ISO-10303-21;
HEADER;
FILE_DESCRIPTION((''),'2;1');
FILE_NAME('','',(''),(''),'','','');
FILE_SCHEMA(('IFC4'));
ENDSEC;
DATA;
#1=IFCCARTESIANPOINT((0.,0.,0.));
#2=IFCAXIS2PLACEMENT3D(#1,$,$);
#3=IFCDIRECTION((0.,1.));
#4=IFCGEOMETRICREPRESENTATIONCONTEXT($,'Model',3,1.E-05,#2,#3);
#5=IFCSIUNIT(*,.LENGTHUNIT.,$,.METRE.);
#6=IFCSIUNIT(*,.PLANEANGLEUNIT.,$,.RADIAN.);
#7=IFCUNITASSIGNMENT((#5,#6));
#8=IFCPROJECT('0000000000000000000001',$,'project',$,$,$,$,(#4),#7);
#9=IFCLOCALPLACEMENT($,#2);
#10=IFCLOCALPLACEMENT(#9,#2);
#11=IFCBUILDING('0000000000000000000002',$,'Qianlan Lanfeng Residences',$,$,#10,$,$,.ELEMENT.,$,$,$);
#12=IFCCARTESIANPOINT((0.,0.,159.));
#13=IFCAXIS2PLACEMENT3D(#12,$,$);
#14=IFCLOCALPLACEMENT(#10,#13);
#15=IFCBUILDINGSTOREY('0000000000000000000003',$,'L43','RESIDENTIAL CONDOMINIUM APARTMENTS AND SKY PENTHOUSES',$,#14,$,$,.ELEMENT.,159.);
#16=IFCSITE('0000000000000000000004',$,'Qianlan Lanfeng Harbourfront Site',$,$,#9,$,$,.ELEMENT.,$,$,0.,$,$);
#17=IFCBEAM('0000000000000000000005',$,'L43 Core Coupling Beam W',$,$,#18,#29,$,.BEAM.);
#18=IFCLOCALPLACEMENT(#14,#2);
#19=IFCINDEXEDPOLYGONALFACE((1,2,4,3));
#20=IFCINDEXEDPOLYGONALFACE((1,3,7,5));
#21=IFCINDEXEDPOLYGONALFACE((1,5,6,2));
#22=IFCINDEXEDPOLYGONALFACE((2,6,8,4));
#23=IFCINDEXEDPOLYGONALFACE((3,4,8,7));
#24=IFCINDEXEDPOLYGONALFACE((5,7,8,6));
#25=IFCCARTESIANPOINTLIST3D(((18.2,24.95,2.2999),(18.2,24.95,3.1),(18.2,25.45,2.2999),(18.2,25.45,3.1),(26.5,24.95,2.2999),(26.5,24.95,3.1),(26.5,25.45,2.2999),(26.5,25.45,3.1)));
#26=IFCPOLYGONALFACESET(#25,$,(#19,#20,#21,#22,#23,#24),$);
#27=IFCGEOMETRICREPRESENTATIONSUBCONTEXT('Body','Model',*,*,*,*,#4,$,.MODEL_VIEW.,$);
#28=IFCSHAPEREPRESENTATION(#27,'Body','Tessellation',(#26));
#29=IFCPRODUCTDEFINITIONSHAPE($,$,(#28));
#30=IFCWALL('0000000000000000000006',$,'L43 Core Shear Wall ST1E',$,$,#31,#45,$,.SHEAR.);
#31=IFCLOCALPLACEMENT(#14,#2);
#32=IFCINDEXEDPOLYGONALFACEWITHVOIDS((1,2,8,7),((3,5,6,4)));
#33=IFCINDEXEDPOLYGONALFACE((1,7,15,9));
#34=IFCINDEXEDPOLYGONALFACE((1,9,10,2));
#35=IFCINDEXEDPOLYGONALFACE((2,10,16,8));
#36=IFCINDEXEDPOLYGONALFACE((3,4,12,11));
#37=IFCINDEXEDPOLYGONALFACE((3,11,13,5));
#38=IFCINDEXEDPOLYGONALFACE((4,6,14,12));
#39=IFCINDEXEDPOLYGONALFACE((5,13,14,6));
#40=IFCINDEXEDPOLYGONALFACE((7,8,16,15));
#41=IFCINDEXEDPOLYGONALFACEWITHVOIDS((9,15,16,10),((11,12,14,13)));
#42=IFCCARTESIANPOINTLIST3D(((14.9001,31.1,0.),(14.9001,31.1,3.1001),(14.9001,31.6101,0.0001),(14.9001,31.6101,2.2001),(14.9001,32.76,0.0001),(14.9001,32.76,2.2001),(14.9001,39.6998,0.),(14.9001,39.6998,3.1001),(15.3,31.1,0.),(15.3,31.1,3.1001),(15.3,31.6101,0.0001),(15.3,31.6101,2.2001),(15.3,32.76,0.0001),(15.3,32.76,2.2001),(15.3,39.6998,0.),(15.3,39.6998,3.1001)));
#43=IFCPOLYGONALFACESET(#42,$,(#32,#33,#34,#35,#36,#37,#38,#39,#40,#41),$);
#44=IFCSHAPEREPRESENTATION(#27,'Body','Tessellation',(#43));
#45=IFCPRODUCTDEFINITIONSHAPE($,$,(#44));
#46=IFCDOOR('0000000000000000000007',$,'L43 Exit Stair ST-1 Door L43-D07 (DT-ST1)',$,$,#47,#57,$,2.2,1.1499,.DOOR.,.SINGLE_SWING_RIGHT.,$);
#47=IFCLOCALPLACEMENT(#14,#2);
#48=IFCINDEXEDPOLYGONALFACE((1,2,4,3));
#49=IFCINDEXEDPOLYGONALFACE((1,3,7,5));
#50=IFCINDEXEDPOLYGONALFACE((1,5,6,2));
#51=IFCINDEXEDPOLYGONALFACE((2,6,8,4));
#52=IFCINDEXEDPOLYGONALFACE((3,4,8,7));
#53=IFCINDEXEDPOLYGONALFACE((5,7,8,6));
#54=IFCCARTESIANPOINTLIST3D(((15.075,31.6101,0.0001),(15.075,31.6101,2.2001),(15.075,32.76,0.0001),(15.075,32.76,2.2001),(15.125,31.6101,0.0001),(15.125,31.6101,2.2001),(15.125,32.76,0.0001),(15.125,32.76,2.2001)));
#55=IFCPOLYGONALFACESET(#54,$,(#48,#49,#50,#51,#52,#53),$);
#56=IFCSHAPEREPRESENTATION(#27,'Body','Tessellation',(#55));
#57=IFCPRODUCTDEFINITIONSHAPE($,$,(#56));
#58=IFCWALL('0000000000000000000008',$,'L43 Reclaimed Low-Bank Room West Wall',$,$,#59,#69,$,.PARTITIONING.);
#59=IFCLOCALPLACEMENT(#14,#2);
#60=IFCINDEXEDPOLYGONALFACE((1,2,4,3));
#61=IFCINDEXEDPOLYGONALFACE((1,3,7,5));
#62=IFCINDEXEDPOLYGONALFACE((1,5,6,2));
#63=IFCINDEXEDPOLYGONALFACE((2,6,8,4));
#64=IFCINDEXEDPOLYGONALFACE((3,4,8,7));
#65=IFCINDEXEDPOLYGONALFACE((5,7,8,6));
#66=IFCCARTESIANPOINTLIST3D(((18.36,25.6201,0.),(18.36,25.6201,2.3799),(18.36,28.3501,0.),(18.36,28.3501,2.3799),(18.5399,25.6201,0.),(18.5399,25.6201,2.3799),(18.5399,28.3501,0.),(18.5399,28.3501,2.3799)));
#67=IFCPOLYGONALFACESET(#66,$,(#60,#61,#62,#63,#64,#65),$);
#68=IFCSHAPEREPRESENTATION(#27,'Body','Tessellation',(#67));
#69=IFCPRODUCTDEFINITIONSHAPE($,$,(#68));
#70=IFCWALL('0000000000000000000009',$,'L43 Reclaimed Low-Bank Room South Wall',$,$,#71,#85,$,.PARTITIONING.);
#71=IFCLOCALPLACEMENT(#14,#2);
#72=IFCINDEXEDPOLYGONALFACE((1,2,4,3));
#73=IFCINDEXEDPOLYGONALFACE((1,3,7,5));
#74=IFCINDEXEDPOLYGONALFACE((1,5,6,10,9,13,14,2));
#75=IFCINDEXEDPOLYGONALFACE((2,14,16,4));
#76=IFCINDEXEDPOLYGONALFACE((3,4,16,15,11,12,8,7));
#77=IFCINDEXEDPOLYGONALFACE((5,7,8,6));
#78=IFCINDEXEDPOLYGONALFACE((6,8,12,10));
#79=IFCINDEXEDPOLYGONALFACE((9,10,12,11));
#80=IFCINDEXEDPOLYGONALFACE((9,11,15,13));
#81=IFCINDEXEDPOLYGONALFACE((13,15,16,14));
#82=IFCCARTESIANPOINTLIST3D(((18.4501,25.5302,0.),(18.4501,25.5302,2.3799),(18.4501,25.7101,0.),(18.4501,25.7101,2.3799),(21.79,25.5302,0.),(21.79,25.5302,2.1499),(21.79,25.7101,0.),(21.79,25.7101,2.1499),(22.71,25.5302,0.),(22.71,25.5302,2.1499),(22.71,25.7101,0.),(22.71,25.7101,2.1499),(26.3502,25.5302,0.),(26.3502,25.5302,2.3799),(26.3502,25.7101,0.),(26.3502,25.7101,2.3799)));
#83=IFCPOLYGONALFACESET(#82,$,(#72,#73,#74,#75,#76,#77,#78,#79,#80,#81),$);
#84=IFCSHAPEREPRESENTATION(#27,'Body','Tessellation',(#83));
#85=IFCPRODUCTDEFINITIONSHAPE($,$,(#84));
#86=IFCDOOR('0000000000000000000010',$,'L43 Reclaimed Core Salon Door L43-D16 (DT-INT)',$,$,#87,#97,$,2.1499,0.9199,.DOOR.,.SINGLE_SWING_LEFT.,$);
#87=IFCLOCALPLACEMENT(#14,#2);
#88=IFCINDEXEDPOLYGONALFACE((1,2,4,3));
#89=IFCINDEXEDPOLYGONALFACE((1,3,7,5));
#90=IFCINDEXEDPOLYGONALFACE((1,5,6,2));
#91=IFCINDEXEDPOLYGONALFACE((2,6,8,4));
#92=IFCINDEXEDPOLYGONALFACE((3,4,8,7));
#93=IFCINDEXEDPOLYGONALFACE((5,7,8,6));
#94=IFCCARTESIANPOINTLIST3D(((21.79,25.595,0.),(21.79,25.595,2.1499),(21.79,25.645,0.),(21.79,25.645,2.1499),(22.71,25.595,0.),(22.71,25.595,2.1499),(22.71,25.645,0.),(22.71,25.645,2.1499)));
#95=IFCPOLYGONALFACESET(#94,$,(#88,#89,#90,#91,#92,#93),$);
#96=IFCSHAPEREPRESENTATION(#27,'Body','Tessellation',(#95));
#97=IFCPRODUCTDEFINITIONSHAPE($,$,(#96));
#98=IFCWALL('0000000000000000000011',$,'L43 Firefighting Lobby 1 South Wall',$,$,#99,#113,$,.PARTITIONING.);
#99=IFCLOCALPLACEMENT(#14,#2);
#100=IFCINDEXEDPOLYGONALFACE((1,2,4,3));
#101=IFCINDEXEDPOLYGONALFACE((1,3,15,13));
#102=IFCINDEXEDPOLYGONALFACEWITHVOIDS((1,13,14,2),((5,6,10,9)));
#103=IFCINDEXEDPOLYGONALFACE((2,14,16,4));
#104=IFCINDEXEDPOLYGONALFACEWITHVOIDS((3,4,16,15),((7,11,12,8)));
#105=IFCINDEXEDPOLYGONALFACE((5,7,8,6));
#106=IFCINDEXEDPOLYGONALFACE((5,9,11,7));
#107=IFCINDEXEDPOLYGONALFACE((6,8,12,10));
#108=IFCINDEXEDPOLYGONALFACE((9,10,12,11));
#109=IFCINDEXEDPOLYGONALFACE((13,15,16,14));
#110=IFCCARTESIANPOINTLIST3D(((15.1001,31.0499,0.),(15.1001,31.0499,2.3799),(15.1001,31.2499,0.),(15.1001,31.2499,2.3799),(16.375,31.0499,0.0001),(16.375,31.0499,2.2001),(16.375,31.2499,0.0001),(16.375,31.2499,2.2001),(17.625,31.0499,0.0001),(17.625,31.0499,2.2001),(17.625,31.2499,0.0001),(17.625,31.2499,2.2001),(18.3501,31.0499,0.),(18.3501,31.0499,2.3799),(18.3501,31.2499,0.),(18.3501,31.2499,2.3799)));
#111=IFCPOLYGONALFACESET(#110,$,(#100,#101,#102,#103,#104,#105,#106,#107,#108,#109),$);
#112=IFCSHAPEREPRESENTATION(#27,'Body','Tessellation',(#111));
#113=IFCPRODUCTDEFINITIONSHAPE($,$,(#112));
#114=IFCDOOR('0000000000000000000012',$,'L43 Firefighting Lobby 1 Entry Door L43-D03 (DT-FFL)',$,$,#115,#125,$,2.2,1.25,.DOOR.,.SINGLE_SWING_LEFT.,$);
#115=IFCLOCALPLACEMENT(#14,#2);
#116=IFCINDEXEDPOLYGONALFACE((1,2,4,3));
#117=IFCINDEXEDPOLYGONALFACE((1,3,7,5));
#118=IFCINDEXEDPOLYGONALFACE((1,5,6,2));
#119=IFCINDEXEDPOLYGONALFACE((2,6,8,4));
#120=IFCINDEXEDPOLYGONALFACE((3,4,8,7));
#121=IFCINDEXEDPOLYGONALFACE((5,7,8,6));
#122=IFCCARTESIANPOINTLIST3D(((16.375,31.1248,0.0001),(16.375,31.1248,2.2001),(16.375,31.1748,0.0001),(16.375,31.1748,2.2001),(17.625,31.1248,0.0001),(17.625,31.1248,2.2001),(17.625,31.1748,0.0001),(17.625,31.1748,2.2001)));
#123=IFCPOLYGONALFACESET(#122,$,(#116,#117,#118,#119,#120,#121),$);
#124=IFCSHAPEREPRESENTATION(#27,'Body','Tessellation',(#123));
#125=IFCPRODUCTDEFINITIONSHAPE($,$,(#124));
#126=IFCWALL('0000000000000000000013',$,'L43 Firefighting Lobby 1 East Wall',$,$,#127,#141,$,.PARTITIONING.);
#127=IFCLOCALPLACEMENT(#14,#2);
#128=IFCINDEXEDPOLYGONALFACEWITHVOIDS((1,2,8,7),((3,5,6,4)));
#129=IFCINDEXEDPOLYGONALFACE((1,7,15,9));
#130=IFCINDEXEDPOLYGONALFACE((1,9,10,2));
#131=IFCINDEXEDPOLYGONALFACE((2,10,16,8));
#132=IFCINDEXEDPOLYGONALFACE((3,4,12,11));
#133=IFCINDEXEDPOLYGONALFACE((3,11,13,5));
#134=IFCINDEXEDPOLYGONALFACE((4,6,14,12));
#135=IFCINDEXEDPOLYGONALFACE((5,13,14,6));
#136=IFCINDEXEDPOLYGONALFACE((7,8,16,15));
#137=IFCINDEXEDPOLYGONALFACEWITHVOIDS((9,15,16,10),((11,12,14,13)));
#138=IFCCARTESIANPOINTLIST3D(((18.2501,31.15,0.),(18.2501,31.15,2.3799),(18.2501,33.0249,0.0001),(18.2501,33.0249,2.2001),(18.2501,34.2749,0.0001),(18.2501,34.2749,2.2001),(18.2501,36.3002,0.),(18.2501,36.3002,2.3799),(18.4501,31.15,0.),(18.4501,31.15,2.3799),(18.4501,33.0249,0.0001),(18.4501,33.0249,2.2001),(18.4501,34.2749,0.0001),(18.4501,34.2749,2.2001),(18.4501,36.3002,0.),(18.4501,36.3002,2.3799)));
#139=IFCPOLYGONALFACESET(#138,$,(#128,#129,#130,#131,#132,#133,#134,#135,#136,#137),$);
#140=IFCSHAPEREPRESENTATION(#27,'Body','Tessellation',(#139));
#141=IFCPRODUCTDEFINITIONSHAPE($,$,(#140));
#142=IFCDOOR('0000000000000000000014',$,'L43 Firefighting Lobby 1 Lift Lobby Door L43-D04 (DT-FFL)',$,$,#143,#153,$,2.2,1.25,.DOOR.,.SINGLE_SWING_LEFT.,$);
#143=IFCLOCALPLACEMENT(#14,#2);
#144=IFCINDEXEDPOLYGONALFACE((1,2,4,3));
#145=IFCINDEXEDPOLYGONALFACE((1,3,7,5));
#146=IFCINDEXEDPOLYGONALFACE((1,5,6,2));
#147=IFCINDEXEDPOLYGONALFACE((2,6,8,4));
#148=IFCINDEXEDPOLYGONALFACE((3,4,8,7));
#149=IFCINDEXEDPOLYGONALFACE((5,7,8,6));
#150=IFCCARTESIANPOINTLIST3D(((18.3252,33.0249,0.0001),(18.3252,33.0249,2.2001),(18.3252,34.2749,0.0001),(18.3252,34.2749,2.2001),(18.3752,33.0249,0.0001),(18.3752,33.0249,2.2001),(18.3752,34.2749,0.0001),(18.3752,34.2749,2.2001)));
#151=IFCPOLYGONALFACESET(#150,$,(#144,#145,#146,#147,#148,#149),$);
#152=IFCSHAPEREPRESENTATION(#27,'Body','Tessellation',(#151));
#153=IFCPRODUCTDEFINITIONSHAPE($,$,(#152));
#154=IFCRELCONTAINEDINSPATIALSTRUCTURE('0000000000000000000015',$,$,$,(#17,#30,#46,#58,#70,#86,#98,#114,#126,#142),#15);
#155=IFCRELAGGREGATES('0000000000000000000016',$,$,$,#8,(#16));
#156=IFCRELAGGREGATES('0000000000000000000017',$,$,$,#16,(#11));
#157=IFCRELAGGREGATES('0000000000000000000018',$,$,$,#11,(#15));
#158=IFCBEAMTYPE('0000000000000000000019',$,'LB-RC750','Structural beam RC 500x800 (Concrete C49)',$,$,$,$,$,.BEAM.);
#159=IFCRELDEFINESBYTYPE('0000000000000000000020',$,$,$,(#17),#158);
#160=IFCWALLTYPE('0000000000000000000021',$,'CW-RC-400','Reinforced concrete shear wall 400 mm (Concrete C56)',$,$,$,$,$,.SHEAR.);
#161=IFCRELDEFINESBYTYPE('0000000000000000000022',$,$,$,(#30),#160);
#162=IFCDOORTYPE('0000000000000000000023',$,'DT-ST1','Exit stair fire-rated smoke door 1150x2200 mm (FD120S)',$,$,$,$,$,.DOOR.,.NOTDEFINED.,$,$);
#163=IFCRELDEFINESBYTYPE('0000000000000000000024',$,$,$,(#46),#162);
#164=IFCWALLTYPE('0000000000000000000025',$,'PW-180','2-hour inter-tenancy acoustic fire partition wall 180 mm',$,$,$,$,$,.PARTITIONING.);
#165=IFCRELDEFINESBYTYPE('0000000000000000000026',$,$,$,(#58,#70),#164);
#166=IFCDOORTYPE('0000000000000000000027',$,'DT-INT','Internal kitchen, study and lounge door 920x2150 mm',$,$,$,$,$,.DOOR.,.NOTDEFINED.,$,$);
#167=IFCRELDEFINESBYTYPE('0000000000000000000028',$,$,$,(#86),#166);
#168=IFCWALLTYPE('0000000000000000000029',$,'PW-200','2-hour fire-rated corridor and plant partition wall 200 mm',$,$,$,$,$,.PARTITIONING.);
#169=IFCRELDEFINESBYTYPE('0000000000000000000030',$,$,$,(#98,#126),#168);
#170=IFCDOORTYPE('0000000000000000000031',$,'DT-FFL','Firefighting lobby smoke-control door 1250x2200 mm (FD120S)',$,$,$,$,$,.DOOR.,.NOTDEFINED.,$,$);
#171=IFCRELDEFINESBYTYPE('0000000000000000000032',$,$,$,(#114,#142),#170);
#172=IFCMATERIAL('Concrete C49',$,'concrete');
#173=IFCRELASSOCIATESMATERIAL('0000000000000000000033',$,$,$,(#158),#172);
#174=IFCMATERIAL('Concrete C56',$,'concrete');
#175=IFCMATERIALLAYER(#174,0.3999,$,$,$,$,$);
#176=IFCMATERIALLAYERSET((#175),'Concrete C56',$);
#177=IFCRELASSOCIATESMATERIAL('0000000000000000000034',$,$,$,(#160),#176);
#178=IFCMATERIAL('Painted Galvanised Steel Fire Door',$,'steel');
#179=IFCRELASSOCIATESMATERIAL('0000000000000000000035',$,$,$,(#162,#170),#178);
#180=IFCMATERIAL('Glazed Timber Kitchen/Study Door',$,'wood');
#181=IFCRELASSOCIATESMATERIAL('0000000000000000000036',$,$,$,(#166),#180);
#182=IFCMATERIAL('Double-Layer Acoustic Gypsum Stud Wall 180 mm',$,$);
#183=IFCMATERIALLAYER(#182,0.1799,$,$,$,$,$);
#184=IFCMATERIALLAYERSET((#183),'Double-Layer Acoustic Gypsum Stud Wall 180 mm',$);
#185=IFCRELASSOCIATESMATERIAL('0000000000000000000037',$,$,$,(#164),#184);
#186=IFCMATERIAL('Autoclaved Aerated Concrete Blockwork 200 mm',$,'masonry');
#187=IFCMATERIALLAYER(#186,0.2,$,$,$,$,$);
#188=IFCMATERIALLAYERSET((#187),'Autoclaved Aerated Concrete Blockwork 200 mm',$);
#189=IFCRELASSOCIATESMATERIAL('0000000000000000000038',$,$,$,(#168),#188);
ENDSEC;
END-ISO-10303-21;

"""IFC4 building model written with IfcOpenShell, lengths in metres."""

from ifc_helpers import new_model, si_unit, direction, frame, frame_2d, origin, origin_2d, place, context, subcontext, project, spatial, rectangle, extrude, material, layer, layer_set, material_profile, profile_set, type_object, element, fill, save


model = new_model("IFC4")

# Units and contexts
model_context = context("Model", 3, precision=1e-05, world=origin(), true_north=direction((0.0, 1.0)))
body_context = subcontext(model_context, "Body", "Model", "MODEL_VIEW")
ifc_project = project(units=[si_unit("LENGTHUNIT", "METRE"), si_unit("PLANEANGLEUNIT", "RADIAN")], contexts=[model_context])

# Site, building, storey
site_placement = place(None, origin())
site = spatial("IfcSite", under=ifc_project, at=site_placement, Name="Qianlan Lanfeng Harbourfront Site", CompositionType="ELEMENT", RefElevation=0.0)
building_placement = place(site_placement, origin())
building = spatial("IfcBuilding", under=site, at=building_placement, Name="Qianlan Lanfeng Residences", CompositionType="ELEMENT")
storey_placement = place(building_placement, frame((0.0, 0.0, 159.0)))
storey = spatial("IfcBuildingStorey", under=building, at=storey_placement, Name="L43", Description="RESIDENTIAL CONDOMINIUM APARTMENTS AND SKY PENTHOUSES", CompositionType="ELEMENT", Elevation=159.0)

# Beam
ifc_material_1 = material(Name="Concrete C49", Category="concrete")
ifc_material_profile = material_profile(ifc_material_1, rectangle(XDim=0.5, YDim=0.8, at=origin_2d()), Name="RC 500x800")
ifc_profile_set = profile_set([ifc_material_profile], Name="Concrete C49")
beam_type = type_object("IfcBeamType", Name="LB-RC750", Description="Structural beam RC 500x800 (Concrete C49)", PredefinedType="BEAM", material=ifc_profile_set)
beam_placement = place(storey_placement, frame((18.2, 25.2, 2.7), z_axis=(1.0, 0.0, 0.0), x_axis=(0.0, 1.0, 0.0)))
element("IfcBeam", 1, at=beam_placement, inside=storey, type_object=beam_type, Name="L43 Core Coupling Beam W", PredefinedType="BEAM", context=body_context, shape_type="SweptSolid", body=[
    extrude(rectangle(XDim=0.5, YDim=0.8, at=origin_2d()), origin(), (0.0, 0.0, 1.0), 8.3),
])

# Wall, opening, door
ifc_material_2 = material(Name="Concrete C56", Category="concrete")
ifc_layer_1 = layer(ifc_material_2, 0.3999)
ifc_layer_set_1 = layer_set([ifc_layer_1], Name="Concrete C56")
wall_type_1 = type_object("IfcWallType", Name="CW-RC-400", Description="Reinforced concrete shear wall 400 mm (Concrete C56)", PredefinedType="SHEAR", material=ifc_layer_set_1)
wall_1_placement = place(storey_placement, frame((15.1001, 31.1001, 0.0), z_axis=(0.0, 0.0, 1.0), x_axis=(0.0, 1.0, 0.0)))
wall_1 = element("IfcWall", 2, at=wall_1_placement, inside=storey, type_object=wall_type_1, Name="L43 Core Shear Wall ST1E", PredefinedType="SHEAR", context=body_context, shape_type="SweptSolid", body=[
    extrude(rectangle(XDim=8.5999, YDim=0.3999, at=frame_2d((4.2998, 0.0))), origin(), (0.0, 0.0, 1.0), 3.1001),
])
opening_1_placement = place(wall_1_placement, frame((0.51, 0.0, 0.0)))
opening_1 = element("IfcOpeningElement", 3, at=opening_1_placement, cuts=wall_1, PredefinedType="OPENING", context=body_context, shape_type="SweptSolid", body=[
    extrude(rectangle(XDim=1.1499, YDim=2.2, at=frame_2d((0.575, 1.1001))), frame((0.0, 0.21, 0.0), z_axis=(0.0, -1.0, 0.0), x_axis=(1.0, 0.0, 0.0)), (0.0, 0.0, 1.0), 0.4199),
])
ifc_material_3 = material(Name="Painted Galvanised Steel Fire Door", Category="steel")
door_type_1 = type_object("IfcDoorType", Name="DT-ST1", Description="Exit stair fire-rated smoke door 1150x2200 mm (FD120S)", OperationType="NOTDEFINED", PredefinedType="DOOR", material=ifc_material_3)
door_1_placement = place(opening_1_placement, frame((1.1499, 0.0, 0.0), z_axis=(0.0, 0.0, 1.0), x_axis=(-1.0, 0.0, 0.0)))
door_1 = element("IfcDoor", 4, at=door_1_placement, inside=storey, type_object=door_type_1, Name="L43 Exit Stair ST-1 Door L43-D07 (DT-ST1)", OperationType="SINGLE_SWING_RIGHT", OverallHeight=2.2, OverallWidth=1.1499, PredefinedType="DOOR", context=body_context, shape_type="SweptSolid", body=[
    extrude(rectangle(XDim=1.1499, YDim=2.2, at=frame_2d((0.575, 1.1001))), frame((0.0, 0.0249, 0.0), z_axis=(0.0, -1.0, 0.0), x_axis=(1.0, 0.0, 0.0)), (0.0, 0.0, 1.0), 0.05),
])
fill(opening_1, door_1)

# Shared definitions
ifc_material_4 = material(Name="Glazed Timber Kitchen/Study Door", Category="wood")
door_type_2 = type_object("IfcDoorType", Name="DT-INT", Description="Internal kitchen, study and lounge door 920x2150 mm", OperationType="NOTDEFINED", PredefinedType="DOOR", material=ifc_material_4)

# Shared definitions
ifc_material_5 = material(Name="Double-Layer Acoustic Gypsum Stud Wall 180 mm")
ifc_layer_2 = layer(ifc_material_5, 0.1799)
ifc_layer_set_2 = layer_set([ifc_layer_2], Name="Double-Layer Acoustic Gypsum Stud Wall 180 mm")
wall_type_2 = type_object("IfcWallType", Name="PW-180", Description="2-hour inter-tenancy acoustic fire partition wall 180 mm", PredefinedType="PARTITIONING", material=ifc_layer_set_2)

# Wall
wall_2_placement = place(storey_placement, frame((18.45, 25.6201, 0.0), z_axis=(0.0, 0.0, 1.0), x_axis=(0.0, 1.0, 0.0)))
element("IfcWall", 5, at=wall_2_placement, inside=storey, type_object=wall_type_2, Name="L43 Reclaimed Low-Bank Room West Wall", PredefinedType="PARTITIONING", context=body_context, shape_type="SweptSolid", body=[
    extrude(rectangle(XDim=2.73, YDim=0.1799, at=frame_2d((1.365, 0.0))), origin(), (0.0, 0.0, 1.0), 2.3799),
])

# Walls, openings, doors
wall_3_placement = place(storey_placement, frame((18.45, 25.6201, 0.0), z_axis=(0.0, 0.0, 1.0), x_axis=(1.0, 0.0, 0.0)))
wall_3 = element("IfcWall", 6, at=wall_3_placement, inside=storey, type_object=wall_type_2, Name="L43 Reclaimed Low-Bank Room South Wall", PredefinedType="PARTITIONING", context=body_context, shape_type="SweptSolid", body=[
    extrude(rectangle(XDim=7.9001, YDim=0.1799, at=frame_2d((3.9502, 0.0))), origin(), (0.0, 0.0, 1.0), 2.3799),
])
opening_2_placement = place(wall_3_placement, frame((3.3401, 0.0, 0.0)))
opening_2 = element("IfcOpeningElement", 7, at=opening_2_placement, cuts=wall_3, PredefinedType="OPENING", context=body_context, shape_type="SweptSolid", body=[
    extrude(rectangle(XDim=0.9199, YDim=2.1499, at=frame_2d((0.46, 1.075))), frame((0.0, 0.1001, 0.0), z_axis=(0.0, -1.0, 0.0), x_axis=(1.0, 0.0, 0.0)), (0.0, 0.0, 1.0), 0.2),
])
door_2_placement = place(opening_2_placement, origin())
door_2 = element("IfcDoor", 8, at=door_2_placement, inside=storey, type_object=door_type_2, Name="L43 Reclaimed Core Salon Door L43-D16 (DT-INT)", OperationType="SINGLE_SWING_LEFT", OverallHeight=2.1499, OverallWidth=0.9199, PredefinedType="DOOR", context=body_context, shape_type="SweptSolid", body=[
    extrude(rectangle(XDim=0.9199, YDim=2.1499, at=frame_2d((0.46, 1.075))), frame((0.0, 0.0249, 0.0), z_axis=(0.0, -1.0, 0.0), x_axis=(1.0, 0.0, 0.0)), (0.0, 0.0, 1.0), 0.05),
])
fill(opening_2, door_2)
ifc_material_6 = material(Name="Autoclaved Aerated Concrete Blockwork 200 mm", Category="masonry")
ifc_layer_3 = layer(ifc_material_6, 0.2)
ifc_layer_set_3 = layer_set([ifc_layer_3], Name="Autoclaved Aerated Concrete Blockwork 200 mm")
wall_type_3 = type_object("IfcWallType", Name="PW-200", Description="2-hour fire-rated corridor and plant partition wall 200 mm", PredefinedType="PARTITIONING", material=ifc_layer_set_3)
wall_4_placement = place(storey_placement, frame((15.1001, 31.1499, 0.0), z_axis=(0.0, 0.0, 1.0), x_axis=(1.0, 0.0, 0.0)))
wall_4 = element("IfcWall", 9, at=wall_4_placement, inside=storey, type_object=wall_type_3, Name="L43 Firefighting Lobby 1 South Wall", PredefinedType="PARTITIONING", context=body_context, shape_type="SweptSolid", body=[
    extrude(rectangle(XDim=3.25, YDim=0.2, at=frame_2d((1.625, 0.0))), origin(), (0.0, 0.0, 1.0), 2.3799),
])
opening_3_placement = place(wall_4_placement, frame((1.2749, 0.0, 0.0)))
opening_3 = element("IfcOpeningElement", 10, at=opening_3_placement, cuts=wall_4, PredefinedType="OPENING", context=body_context, shape_type="SweptSolid", body=[
    extrude(rectangle(XDim=1.25, YDim=2.2, at=frame_2d((0.625, 1.1001))), frame((0.0, 0.1099, 0.0), z_axis=(0.0, -1.0, 0.0), x_axis=(1.0, 0.0, 0.0)), (0.0, 0.0, 1.0), 0.22),
])
door_type_3 = type_object("IfcDoorType", Name="DT-FFL", Description="Firefighting lobby smoke-control door 1250x2200 mm (FD120S)", OperationType="NOTDEFINED", PredefinedType="DOOR", material=ifc_material_3)
door_3_placement = place(opening_3_placement, origin())
door_3 = element("IfcDoor", 11, at=door_3_placement, inside=storey, type_object=door_type_3, Name="L43 Firefighting Lobby 1 Entry Door L43-D03 (DT-FFL)", OperationType="SINGLE_SWING_LEFT", OverallHeight=2.2, OverallWidth=1.25, PredefinedType="DOOR", context=body_context, shape_type="SweptSolid", body=[
    extrude(rectangle(XDim=1.25, YDim=2.2, at=frame_2d((0.625, 1.1001))), frame((0.0, 0.0249, 0.0), z_axis=(0.0, -1.0, 0.0), x_axis=(1.0, 0.0, 0.0)), (0.0, 0.0, 1.0), 0.05),
])
fill(opening_3, door_3)
wall_5_placement = place(storey_placement, frame((18.3501, 31.1499, 0.0), z_axis=(0.0, 0.0, 1.0), x_axis=(0.0, 1.0, 0.0)))
wall_5 = element("IfcWall", 12, at=wall_5_placement, inside=storey, type_object=wall_type_3, Name="L43 Firefighting Lobby 1 East Wall", PredefinedType="PARTITIONING", context=body_context, shape_type="SweptSolid", body=[
    extrude(rectangle(XDim=5.1501, YDim=0.2, at=frame_2d((2.5752, 0.0))), origin(), (0.0, 0.0, 1.0), 2.3799),
])
opening_4_placement = place(wall_5_placement, frame((1.875, 0.0, 0.0)))
opening_4 = element("IfcOpeningElement", 13, at=opening_4_placement, cuts=wall_5, PredefinedType="OPENING", context=body_context, shape_type="SweptSolid", body=[
    extrude(rectangle(XDim=1.25, YDim=2.2, at=frame_2d((0.625, 1.1001))), frame((0.0, 0.1099, 0.0), z_axis=(0.0, -1.0, 0.0), x_axis=(1.0, 0.0, 0.0)), (0.0, 0.0, 1.0), 0.22),
])
door_4_placement = place(opening_4_placement, origin())
door_4 = element("IfcDoor", 14, at=door_4_placement, inside=storey, type_object=door_type_3, Name="L43 Firefighting Lobby 1 Lift Lobby Door L43-D04 (DT-FFL)", OperationType="SINGLE_SWING_LEFT", OverallHeight=2.2, OverallWidth=1.25, PredefinedType="DOOR", context=body_context, shape_type="SweptSolid", body=[
    extrude(rectangle(XDim=1.25, YDim=2.2, at=frame_2d((0.625, 1.1001))), frame((0.0, 0.0249, 0.0), z_axis=(0.0, -1.0, 0.0), x_axis=(1.0, 0.0, 0.0)), (0.0, 0.0, 1.0), 0.05),
])
fill(opening_4, door_4)

save(model, "model.ifc")
